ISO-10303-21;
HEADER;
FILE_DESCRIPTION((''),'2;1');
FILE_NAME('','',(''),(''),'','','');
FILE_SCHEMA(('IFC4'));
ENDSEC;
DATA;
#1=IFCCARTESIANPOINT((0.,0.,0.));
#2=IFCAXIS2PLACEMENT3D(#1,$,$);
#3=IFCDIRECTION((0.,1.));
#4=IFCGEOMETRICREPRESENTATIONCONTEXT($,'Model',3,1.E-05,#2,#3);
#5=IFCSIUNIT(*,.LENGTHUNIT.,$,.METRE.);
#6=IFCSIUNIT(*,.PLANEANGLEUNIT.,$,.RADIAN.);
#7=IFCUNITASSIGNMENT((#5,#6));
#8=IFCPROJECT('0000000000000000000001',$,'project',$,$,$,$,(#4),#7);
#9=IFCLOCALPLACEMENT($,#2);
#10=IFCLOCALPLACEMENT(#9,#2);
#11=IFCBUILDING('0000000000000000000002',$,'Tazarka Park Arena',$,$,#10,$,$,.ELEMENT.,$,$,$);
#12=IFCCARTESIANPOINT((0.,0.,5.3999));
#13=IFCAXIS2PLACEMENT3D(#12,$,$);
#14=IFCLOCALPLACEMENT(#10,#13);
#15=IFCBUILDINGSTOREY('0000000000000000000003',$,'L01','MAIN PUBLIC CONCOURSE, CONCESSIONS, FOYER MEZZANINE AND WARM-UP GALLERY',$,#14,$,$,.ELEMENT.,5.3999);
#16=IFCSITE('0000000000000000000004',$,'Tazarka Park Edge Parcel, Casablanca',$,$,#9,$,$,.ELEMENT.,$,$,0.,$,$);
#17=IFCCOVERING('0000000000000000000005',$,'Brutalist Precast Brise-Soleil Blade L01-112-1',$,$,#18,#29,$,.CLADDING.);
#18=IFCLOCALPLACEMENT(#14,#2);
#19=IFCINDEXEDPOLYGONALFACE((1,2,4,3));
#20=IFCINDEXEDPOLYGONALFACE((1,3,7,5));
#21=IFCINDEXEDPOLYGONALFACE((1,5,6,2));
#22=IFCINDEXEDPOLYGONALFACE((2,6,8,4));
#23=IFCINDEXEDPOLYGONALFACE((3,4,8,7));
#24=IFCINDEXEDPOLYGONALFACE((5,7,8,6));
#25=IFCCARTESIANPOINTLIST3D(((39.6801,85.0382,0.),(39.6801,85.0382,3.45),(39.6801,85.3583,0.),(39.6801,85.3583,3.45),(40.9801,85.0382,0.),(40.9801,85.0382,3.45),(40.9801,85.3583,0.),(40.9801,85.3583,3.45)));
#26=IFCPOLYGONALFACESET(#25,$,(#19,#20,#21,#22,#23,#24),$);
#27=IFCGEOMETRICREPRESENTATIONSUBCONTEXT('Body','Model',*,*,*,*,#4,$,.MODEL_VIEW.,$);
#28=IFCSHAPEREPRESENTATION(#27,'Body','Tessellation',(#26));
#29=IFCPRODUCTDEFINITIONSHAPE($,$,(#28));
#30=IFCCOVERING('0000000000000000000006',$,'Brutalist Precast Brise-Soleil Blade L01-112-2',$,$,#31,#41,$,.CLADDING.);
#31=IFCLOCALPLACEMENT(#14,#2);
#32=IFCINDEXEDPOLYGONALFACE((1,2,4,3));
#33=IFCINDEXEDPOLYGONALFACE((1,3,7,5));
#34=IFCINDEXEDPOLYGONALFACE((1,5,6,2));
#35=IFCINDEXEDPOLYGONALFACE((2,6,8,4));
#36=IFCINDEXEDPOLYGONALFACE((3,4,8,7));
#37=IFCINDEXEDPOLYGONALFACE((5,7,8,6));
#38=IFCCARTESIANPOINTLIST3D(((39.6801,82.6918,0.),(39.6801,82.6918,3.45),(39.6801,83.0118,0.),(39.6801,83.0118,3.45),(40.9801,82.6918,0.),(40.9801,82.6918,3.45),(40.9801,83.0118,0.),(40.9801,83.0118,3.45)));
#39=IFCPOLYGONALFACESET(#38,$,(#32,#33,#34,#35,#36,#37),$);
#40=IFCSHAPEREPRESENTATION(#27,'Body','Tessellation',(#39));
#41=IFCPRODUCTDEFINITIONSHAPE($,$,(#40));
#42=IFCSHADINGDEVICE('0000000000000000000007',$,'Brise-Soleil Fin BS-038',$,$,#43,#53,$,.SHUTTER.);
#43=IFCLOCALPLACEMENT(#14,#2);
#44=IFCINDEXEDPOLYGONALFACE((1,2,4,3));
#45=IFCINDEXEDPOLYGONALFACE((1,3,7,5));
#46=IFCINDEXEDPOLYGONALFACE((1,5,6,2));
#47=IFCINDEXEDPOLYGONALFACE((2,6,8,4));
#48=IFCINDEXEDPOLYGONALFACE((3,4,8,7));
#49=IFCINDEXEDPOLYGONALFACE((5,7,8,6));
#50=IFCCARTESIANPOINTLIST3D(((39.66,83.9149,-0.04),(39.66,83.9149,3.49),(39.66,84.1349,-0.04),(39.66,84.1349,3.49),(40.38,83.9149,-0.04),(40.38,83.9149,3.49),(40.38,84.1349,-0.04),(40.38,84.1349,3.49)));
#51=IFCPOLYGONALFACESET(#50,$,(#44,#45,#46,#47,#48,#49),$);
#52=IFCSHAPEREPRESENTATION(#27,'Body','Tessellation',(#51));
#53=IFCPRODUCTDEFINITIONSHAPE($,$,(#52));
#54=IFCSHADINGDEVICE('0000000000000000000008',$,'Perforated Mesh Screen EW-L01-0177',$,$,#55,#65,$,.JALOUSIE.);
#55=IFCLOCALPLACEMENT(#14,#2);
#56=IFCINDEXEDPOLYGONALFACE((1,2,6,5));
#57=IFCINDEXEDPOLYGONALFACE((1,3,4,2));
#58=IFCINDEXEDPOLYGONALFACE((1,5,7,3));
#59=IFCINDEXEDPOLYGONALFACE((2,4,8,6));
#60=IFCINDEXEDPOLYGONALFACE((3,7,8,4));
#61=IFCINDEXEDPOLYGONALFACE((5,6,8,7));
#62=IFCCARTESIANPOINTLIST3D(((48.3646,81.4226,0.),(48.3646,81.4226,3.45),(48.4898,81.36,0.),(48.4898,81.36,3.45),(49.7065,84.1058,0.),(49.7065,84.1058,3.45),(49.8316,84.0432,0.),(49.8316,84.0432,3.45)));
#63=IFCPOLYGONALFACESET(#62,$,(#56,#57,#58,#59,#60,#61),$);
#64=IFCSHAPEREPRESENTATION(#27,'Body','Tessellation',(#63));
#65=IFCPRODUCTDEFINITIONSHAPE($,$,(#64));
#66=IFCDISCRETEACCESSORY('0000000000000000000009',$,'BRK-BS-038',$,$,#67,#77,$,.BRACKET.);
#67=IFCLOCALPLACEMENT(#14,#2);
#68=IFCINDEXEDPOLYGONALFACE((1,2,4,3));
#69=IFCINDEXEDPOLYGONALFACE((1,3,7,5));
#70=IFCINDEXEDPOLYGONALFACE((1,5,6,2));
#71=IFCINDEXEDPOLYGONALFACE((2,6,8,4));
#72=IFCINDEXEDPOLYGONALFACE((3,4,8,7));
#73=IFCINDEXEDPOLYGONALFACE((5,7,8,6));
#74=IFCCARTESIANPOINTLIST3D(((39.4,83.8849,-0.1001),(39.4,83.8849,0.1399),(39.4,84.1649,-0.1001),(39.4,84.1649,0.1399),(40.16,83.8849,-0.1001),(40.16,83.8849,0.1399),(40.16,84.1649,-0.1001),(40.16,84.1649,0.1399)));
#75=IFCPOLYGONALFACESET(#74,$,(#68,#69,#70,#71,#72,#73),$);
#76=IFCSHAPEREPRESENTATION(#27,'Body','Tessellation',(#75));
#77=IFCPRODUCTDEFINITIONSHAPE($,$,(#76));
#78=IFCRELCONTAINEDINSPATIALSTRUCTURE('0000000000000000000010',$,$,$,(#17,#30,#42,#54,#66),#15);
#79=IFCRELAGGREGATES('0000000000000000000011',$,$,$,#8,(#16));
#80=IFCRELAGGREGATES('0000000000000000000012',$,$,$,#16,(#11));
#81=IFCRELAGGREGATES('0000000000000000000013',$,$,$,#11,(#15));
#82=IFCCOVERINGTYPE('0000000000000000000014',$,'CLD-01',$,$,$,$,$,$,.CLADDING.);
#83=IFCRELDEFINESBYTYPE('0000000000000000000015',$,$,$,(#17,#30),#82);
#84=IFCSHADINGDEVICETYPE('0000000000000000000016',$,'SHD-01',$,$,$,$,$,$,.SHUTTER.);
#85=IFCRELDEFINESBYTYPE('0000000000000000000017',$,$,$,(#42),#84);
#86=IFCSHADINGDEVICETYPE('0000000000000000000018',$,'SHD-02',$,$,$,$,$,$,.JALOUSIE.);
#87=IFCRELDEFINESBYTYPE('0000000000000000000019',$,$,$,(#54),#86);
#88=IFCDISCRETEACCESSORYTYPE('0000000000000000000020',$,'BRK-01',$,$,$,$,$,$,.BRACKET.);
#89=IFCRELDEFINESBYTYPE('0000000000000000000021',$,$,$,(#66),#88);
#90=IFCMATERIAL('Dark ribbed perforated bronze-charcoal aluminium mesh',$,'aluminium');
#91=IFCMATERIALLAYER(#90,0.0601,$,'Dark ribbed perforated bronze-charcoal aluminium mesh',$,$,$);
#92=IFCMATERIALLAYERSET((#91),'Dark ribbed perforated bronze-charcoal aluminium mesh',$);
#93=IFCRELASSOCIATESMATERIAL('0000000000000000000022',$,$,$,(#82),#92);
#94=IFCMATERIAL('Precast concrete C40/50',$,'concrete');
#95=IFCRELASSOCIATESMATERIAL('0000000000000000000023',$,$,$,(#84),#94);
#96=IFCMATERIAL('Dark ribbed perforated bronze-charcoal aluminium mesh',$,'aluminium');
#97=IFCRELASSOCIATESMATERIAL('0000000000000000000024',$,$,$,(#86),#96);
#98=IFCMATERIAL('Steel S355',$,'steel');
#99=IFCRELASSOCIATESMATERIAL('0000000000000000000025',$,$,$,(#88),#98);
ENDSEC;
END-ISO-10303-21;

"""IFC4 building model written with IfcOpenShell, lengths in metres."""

from ifc_helpers import new_model, si_unit, direction, frame, origin, origin_2d, place, context, subcontext, project, spatial, rectangle, extrude, material, layer, layer_set, type_object, element, save


model = new_model("IFC4")

# Units and contexts
model_context = context("Model", 3, precision=1e-05, world=origin(), true_north=direction((0.0, 1.0)))
body_context = subcontext(model_context, "Body", "Model", "MODEL_VIEW")
ifc_project = project(units=[si_unit("LENGTHUNIT", "METRE"), si_unit("PLANEANGLEUNIT", "RADIAN")], contexts=[model_context])

# Site, building, storey
site_placement = place(None, origin())
site = spatial("IfcSite", under=ifc_project, at=site_placement, Name="Tazarka Park Edge Parcel, Casablanca", CompositionType="ELEMENT", RefElevation=0.0)
building_placement = place(site_placement, origin())
building = spatial("IfcBuilding", under=site, at=building_placement, Name="Tazarka Park Arena", CompositionType="ELEMENT")
storey_placement = place(building_placement, frame((0.0, 0.0, 5.3999)))
storey = spatial("IfcBuildingStorey", under=building, at=storey_placement, Name="L01", Description="MAIN PUBLIC CONCOURSE, CONCESSIONS, FOYER MEZZANINE AND WARM-UP GALLERY", CompositionType="ELEMENT", Elevation=5.3999)

# Coverings
ifc_material_1 = material(Name="Dark ribbed perforated bronze-charcoal aluminium mesh", Category="aluminium")
ifc_layer_1 = layer(ifc_material_1, 0.0601, Name="Dark ribbed perforated bronze-charcoal aluminium mesh")
ifc_layer_set_1 = layer_set([ifc_layer_1], Name="Dark ribbed perforated bronze-charcoal aluminium mesh")
covering_type = type_object("IfcCoveringType", Name="CLD-01", PredefinedType="CLADDING", material=ifc_layer_set_1)
for number, where, z_axis, x_axis, name in (
    (1, (40.3301, 85.1982, 0.0), (0.0, 0.0, 1.0), (0.0, -1.0, 0.0), "Brutalist Precast Brise-Soleil Blade L01-112-1"),
    (2, (40.3301, 82.8518, 0.0), (0.0, 0.0, 1.0), (0.0, -1.0, 0.0), "Brutalist Precast Brise-Soleil Blade L01-112-2"),
):
    element("IfcCovering", number, at=place(storey_placement, frame(where, z_axis=z_axis, x_axis=x_axis)), inside=storey, type_object=covering_type, Name=name, PredefinedType="CLADDING", context=body_context, shape_type="SweptSolid", body=[
        extrude(rectangle(XDim=0.3201, YDim=1.3, at=origin_2d()), origin(), (0.0, 0.0, 1.0), 3.45),
    ])

# Shading devices
ifc_material_2 = material(Name="Precast concrete C40/50", Category="concrete")
shading_device_type_1 = type_object("IfcShadingDeviceType", Name="SHD-01", PredefinedType="SHUTTER", material=ifc_material_2)
shading_device_1_placement = place(storey_placement, frame((40.02, 84.0249, -0.04), z_axis=(0.0, 0.0, 1.0), x_axis=(0.0, -1.0, 0.0)))
element("IfcShadingDevice", 3, at=shading_device_1_placement, inside=storey, type_object=shading_device_type_1, Name="Brise-Soleil Fin BS-038", PredefinedType="SHUTTER", context=body_context, shape_type="SweptSolid", body=[
    extrude(rectangle(XDim=0.22, YDim=0.72, at=origin_2d()), origin(), (0.0, 0.0, 1.0), 3.53),
])
ifc_material_3 = material(Name="Dark ribbed perforated bronze-charcoal aluminium mesh", Category="aluminium")
shading_device_type_2 = type_object("IfcShadingDeviceType", Name="SHD-02", PredefinedType="JALOUSIE", material=ifc_material_3)
shading_device_2_placement = place(storey_placement, frame((49.0981, 82.7329, 0.0), z_axis=(0.0, 0.0, 1.0), x_axis=(0.447291, 0.894389, 0.0)))
element("IfcShadingDevice", 4, at=shading_device_2_placement, inside=storey, type_object=shading_device_type_2, Name="Perforated Mesh Screen EW-L01-0177", PredefinedType="JALOUSIE", context=body_context, shape_type="SweptSolid", body=[
    extrude(rectangle(XDim=3.0, YDim=0.1399, at=origin_2d()), origin(), (0.0, 0.0, 1.0), 3.45),
])

# Discrete accessory
ifc_material_4 = material(Name="Steel S355", Category="steel")
discrete_accessory_type = type_object("IfcDiscreteAccessoryType", Name="BRK-01", PredefinedType="BRACKET", material=ifc_material_4)
discrete_accessory_placement = place(storey_placement, frame((39.78, 84.0249, -0.1001), z_axis=(0.0, 0.0, 1.0), x_axis=(0.0, -1.0, 0.0)))
element("IfcDiscreteAccessory", 5, at=discrete_accessory_placement, inside=storey, type_object=discrete_accessory_type, Name="BRK-BS-038", PredefinedType="BRACKET", context=body_context, shape_type="SweptSolid", body=[
    extrude(rectangle(XDim=0.28, YDim=0.76, at=origin_2d()), origin(), (0.0, 0.0, 1.0), 0.24),
])

save(model, "model.ifc")
